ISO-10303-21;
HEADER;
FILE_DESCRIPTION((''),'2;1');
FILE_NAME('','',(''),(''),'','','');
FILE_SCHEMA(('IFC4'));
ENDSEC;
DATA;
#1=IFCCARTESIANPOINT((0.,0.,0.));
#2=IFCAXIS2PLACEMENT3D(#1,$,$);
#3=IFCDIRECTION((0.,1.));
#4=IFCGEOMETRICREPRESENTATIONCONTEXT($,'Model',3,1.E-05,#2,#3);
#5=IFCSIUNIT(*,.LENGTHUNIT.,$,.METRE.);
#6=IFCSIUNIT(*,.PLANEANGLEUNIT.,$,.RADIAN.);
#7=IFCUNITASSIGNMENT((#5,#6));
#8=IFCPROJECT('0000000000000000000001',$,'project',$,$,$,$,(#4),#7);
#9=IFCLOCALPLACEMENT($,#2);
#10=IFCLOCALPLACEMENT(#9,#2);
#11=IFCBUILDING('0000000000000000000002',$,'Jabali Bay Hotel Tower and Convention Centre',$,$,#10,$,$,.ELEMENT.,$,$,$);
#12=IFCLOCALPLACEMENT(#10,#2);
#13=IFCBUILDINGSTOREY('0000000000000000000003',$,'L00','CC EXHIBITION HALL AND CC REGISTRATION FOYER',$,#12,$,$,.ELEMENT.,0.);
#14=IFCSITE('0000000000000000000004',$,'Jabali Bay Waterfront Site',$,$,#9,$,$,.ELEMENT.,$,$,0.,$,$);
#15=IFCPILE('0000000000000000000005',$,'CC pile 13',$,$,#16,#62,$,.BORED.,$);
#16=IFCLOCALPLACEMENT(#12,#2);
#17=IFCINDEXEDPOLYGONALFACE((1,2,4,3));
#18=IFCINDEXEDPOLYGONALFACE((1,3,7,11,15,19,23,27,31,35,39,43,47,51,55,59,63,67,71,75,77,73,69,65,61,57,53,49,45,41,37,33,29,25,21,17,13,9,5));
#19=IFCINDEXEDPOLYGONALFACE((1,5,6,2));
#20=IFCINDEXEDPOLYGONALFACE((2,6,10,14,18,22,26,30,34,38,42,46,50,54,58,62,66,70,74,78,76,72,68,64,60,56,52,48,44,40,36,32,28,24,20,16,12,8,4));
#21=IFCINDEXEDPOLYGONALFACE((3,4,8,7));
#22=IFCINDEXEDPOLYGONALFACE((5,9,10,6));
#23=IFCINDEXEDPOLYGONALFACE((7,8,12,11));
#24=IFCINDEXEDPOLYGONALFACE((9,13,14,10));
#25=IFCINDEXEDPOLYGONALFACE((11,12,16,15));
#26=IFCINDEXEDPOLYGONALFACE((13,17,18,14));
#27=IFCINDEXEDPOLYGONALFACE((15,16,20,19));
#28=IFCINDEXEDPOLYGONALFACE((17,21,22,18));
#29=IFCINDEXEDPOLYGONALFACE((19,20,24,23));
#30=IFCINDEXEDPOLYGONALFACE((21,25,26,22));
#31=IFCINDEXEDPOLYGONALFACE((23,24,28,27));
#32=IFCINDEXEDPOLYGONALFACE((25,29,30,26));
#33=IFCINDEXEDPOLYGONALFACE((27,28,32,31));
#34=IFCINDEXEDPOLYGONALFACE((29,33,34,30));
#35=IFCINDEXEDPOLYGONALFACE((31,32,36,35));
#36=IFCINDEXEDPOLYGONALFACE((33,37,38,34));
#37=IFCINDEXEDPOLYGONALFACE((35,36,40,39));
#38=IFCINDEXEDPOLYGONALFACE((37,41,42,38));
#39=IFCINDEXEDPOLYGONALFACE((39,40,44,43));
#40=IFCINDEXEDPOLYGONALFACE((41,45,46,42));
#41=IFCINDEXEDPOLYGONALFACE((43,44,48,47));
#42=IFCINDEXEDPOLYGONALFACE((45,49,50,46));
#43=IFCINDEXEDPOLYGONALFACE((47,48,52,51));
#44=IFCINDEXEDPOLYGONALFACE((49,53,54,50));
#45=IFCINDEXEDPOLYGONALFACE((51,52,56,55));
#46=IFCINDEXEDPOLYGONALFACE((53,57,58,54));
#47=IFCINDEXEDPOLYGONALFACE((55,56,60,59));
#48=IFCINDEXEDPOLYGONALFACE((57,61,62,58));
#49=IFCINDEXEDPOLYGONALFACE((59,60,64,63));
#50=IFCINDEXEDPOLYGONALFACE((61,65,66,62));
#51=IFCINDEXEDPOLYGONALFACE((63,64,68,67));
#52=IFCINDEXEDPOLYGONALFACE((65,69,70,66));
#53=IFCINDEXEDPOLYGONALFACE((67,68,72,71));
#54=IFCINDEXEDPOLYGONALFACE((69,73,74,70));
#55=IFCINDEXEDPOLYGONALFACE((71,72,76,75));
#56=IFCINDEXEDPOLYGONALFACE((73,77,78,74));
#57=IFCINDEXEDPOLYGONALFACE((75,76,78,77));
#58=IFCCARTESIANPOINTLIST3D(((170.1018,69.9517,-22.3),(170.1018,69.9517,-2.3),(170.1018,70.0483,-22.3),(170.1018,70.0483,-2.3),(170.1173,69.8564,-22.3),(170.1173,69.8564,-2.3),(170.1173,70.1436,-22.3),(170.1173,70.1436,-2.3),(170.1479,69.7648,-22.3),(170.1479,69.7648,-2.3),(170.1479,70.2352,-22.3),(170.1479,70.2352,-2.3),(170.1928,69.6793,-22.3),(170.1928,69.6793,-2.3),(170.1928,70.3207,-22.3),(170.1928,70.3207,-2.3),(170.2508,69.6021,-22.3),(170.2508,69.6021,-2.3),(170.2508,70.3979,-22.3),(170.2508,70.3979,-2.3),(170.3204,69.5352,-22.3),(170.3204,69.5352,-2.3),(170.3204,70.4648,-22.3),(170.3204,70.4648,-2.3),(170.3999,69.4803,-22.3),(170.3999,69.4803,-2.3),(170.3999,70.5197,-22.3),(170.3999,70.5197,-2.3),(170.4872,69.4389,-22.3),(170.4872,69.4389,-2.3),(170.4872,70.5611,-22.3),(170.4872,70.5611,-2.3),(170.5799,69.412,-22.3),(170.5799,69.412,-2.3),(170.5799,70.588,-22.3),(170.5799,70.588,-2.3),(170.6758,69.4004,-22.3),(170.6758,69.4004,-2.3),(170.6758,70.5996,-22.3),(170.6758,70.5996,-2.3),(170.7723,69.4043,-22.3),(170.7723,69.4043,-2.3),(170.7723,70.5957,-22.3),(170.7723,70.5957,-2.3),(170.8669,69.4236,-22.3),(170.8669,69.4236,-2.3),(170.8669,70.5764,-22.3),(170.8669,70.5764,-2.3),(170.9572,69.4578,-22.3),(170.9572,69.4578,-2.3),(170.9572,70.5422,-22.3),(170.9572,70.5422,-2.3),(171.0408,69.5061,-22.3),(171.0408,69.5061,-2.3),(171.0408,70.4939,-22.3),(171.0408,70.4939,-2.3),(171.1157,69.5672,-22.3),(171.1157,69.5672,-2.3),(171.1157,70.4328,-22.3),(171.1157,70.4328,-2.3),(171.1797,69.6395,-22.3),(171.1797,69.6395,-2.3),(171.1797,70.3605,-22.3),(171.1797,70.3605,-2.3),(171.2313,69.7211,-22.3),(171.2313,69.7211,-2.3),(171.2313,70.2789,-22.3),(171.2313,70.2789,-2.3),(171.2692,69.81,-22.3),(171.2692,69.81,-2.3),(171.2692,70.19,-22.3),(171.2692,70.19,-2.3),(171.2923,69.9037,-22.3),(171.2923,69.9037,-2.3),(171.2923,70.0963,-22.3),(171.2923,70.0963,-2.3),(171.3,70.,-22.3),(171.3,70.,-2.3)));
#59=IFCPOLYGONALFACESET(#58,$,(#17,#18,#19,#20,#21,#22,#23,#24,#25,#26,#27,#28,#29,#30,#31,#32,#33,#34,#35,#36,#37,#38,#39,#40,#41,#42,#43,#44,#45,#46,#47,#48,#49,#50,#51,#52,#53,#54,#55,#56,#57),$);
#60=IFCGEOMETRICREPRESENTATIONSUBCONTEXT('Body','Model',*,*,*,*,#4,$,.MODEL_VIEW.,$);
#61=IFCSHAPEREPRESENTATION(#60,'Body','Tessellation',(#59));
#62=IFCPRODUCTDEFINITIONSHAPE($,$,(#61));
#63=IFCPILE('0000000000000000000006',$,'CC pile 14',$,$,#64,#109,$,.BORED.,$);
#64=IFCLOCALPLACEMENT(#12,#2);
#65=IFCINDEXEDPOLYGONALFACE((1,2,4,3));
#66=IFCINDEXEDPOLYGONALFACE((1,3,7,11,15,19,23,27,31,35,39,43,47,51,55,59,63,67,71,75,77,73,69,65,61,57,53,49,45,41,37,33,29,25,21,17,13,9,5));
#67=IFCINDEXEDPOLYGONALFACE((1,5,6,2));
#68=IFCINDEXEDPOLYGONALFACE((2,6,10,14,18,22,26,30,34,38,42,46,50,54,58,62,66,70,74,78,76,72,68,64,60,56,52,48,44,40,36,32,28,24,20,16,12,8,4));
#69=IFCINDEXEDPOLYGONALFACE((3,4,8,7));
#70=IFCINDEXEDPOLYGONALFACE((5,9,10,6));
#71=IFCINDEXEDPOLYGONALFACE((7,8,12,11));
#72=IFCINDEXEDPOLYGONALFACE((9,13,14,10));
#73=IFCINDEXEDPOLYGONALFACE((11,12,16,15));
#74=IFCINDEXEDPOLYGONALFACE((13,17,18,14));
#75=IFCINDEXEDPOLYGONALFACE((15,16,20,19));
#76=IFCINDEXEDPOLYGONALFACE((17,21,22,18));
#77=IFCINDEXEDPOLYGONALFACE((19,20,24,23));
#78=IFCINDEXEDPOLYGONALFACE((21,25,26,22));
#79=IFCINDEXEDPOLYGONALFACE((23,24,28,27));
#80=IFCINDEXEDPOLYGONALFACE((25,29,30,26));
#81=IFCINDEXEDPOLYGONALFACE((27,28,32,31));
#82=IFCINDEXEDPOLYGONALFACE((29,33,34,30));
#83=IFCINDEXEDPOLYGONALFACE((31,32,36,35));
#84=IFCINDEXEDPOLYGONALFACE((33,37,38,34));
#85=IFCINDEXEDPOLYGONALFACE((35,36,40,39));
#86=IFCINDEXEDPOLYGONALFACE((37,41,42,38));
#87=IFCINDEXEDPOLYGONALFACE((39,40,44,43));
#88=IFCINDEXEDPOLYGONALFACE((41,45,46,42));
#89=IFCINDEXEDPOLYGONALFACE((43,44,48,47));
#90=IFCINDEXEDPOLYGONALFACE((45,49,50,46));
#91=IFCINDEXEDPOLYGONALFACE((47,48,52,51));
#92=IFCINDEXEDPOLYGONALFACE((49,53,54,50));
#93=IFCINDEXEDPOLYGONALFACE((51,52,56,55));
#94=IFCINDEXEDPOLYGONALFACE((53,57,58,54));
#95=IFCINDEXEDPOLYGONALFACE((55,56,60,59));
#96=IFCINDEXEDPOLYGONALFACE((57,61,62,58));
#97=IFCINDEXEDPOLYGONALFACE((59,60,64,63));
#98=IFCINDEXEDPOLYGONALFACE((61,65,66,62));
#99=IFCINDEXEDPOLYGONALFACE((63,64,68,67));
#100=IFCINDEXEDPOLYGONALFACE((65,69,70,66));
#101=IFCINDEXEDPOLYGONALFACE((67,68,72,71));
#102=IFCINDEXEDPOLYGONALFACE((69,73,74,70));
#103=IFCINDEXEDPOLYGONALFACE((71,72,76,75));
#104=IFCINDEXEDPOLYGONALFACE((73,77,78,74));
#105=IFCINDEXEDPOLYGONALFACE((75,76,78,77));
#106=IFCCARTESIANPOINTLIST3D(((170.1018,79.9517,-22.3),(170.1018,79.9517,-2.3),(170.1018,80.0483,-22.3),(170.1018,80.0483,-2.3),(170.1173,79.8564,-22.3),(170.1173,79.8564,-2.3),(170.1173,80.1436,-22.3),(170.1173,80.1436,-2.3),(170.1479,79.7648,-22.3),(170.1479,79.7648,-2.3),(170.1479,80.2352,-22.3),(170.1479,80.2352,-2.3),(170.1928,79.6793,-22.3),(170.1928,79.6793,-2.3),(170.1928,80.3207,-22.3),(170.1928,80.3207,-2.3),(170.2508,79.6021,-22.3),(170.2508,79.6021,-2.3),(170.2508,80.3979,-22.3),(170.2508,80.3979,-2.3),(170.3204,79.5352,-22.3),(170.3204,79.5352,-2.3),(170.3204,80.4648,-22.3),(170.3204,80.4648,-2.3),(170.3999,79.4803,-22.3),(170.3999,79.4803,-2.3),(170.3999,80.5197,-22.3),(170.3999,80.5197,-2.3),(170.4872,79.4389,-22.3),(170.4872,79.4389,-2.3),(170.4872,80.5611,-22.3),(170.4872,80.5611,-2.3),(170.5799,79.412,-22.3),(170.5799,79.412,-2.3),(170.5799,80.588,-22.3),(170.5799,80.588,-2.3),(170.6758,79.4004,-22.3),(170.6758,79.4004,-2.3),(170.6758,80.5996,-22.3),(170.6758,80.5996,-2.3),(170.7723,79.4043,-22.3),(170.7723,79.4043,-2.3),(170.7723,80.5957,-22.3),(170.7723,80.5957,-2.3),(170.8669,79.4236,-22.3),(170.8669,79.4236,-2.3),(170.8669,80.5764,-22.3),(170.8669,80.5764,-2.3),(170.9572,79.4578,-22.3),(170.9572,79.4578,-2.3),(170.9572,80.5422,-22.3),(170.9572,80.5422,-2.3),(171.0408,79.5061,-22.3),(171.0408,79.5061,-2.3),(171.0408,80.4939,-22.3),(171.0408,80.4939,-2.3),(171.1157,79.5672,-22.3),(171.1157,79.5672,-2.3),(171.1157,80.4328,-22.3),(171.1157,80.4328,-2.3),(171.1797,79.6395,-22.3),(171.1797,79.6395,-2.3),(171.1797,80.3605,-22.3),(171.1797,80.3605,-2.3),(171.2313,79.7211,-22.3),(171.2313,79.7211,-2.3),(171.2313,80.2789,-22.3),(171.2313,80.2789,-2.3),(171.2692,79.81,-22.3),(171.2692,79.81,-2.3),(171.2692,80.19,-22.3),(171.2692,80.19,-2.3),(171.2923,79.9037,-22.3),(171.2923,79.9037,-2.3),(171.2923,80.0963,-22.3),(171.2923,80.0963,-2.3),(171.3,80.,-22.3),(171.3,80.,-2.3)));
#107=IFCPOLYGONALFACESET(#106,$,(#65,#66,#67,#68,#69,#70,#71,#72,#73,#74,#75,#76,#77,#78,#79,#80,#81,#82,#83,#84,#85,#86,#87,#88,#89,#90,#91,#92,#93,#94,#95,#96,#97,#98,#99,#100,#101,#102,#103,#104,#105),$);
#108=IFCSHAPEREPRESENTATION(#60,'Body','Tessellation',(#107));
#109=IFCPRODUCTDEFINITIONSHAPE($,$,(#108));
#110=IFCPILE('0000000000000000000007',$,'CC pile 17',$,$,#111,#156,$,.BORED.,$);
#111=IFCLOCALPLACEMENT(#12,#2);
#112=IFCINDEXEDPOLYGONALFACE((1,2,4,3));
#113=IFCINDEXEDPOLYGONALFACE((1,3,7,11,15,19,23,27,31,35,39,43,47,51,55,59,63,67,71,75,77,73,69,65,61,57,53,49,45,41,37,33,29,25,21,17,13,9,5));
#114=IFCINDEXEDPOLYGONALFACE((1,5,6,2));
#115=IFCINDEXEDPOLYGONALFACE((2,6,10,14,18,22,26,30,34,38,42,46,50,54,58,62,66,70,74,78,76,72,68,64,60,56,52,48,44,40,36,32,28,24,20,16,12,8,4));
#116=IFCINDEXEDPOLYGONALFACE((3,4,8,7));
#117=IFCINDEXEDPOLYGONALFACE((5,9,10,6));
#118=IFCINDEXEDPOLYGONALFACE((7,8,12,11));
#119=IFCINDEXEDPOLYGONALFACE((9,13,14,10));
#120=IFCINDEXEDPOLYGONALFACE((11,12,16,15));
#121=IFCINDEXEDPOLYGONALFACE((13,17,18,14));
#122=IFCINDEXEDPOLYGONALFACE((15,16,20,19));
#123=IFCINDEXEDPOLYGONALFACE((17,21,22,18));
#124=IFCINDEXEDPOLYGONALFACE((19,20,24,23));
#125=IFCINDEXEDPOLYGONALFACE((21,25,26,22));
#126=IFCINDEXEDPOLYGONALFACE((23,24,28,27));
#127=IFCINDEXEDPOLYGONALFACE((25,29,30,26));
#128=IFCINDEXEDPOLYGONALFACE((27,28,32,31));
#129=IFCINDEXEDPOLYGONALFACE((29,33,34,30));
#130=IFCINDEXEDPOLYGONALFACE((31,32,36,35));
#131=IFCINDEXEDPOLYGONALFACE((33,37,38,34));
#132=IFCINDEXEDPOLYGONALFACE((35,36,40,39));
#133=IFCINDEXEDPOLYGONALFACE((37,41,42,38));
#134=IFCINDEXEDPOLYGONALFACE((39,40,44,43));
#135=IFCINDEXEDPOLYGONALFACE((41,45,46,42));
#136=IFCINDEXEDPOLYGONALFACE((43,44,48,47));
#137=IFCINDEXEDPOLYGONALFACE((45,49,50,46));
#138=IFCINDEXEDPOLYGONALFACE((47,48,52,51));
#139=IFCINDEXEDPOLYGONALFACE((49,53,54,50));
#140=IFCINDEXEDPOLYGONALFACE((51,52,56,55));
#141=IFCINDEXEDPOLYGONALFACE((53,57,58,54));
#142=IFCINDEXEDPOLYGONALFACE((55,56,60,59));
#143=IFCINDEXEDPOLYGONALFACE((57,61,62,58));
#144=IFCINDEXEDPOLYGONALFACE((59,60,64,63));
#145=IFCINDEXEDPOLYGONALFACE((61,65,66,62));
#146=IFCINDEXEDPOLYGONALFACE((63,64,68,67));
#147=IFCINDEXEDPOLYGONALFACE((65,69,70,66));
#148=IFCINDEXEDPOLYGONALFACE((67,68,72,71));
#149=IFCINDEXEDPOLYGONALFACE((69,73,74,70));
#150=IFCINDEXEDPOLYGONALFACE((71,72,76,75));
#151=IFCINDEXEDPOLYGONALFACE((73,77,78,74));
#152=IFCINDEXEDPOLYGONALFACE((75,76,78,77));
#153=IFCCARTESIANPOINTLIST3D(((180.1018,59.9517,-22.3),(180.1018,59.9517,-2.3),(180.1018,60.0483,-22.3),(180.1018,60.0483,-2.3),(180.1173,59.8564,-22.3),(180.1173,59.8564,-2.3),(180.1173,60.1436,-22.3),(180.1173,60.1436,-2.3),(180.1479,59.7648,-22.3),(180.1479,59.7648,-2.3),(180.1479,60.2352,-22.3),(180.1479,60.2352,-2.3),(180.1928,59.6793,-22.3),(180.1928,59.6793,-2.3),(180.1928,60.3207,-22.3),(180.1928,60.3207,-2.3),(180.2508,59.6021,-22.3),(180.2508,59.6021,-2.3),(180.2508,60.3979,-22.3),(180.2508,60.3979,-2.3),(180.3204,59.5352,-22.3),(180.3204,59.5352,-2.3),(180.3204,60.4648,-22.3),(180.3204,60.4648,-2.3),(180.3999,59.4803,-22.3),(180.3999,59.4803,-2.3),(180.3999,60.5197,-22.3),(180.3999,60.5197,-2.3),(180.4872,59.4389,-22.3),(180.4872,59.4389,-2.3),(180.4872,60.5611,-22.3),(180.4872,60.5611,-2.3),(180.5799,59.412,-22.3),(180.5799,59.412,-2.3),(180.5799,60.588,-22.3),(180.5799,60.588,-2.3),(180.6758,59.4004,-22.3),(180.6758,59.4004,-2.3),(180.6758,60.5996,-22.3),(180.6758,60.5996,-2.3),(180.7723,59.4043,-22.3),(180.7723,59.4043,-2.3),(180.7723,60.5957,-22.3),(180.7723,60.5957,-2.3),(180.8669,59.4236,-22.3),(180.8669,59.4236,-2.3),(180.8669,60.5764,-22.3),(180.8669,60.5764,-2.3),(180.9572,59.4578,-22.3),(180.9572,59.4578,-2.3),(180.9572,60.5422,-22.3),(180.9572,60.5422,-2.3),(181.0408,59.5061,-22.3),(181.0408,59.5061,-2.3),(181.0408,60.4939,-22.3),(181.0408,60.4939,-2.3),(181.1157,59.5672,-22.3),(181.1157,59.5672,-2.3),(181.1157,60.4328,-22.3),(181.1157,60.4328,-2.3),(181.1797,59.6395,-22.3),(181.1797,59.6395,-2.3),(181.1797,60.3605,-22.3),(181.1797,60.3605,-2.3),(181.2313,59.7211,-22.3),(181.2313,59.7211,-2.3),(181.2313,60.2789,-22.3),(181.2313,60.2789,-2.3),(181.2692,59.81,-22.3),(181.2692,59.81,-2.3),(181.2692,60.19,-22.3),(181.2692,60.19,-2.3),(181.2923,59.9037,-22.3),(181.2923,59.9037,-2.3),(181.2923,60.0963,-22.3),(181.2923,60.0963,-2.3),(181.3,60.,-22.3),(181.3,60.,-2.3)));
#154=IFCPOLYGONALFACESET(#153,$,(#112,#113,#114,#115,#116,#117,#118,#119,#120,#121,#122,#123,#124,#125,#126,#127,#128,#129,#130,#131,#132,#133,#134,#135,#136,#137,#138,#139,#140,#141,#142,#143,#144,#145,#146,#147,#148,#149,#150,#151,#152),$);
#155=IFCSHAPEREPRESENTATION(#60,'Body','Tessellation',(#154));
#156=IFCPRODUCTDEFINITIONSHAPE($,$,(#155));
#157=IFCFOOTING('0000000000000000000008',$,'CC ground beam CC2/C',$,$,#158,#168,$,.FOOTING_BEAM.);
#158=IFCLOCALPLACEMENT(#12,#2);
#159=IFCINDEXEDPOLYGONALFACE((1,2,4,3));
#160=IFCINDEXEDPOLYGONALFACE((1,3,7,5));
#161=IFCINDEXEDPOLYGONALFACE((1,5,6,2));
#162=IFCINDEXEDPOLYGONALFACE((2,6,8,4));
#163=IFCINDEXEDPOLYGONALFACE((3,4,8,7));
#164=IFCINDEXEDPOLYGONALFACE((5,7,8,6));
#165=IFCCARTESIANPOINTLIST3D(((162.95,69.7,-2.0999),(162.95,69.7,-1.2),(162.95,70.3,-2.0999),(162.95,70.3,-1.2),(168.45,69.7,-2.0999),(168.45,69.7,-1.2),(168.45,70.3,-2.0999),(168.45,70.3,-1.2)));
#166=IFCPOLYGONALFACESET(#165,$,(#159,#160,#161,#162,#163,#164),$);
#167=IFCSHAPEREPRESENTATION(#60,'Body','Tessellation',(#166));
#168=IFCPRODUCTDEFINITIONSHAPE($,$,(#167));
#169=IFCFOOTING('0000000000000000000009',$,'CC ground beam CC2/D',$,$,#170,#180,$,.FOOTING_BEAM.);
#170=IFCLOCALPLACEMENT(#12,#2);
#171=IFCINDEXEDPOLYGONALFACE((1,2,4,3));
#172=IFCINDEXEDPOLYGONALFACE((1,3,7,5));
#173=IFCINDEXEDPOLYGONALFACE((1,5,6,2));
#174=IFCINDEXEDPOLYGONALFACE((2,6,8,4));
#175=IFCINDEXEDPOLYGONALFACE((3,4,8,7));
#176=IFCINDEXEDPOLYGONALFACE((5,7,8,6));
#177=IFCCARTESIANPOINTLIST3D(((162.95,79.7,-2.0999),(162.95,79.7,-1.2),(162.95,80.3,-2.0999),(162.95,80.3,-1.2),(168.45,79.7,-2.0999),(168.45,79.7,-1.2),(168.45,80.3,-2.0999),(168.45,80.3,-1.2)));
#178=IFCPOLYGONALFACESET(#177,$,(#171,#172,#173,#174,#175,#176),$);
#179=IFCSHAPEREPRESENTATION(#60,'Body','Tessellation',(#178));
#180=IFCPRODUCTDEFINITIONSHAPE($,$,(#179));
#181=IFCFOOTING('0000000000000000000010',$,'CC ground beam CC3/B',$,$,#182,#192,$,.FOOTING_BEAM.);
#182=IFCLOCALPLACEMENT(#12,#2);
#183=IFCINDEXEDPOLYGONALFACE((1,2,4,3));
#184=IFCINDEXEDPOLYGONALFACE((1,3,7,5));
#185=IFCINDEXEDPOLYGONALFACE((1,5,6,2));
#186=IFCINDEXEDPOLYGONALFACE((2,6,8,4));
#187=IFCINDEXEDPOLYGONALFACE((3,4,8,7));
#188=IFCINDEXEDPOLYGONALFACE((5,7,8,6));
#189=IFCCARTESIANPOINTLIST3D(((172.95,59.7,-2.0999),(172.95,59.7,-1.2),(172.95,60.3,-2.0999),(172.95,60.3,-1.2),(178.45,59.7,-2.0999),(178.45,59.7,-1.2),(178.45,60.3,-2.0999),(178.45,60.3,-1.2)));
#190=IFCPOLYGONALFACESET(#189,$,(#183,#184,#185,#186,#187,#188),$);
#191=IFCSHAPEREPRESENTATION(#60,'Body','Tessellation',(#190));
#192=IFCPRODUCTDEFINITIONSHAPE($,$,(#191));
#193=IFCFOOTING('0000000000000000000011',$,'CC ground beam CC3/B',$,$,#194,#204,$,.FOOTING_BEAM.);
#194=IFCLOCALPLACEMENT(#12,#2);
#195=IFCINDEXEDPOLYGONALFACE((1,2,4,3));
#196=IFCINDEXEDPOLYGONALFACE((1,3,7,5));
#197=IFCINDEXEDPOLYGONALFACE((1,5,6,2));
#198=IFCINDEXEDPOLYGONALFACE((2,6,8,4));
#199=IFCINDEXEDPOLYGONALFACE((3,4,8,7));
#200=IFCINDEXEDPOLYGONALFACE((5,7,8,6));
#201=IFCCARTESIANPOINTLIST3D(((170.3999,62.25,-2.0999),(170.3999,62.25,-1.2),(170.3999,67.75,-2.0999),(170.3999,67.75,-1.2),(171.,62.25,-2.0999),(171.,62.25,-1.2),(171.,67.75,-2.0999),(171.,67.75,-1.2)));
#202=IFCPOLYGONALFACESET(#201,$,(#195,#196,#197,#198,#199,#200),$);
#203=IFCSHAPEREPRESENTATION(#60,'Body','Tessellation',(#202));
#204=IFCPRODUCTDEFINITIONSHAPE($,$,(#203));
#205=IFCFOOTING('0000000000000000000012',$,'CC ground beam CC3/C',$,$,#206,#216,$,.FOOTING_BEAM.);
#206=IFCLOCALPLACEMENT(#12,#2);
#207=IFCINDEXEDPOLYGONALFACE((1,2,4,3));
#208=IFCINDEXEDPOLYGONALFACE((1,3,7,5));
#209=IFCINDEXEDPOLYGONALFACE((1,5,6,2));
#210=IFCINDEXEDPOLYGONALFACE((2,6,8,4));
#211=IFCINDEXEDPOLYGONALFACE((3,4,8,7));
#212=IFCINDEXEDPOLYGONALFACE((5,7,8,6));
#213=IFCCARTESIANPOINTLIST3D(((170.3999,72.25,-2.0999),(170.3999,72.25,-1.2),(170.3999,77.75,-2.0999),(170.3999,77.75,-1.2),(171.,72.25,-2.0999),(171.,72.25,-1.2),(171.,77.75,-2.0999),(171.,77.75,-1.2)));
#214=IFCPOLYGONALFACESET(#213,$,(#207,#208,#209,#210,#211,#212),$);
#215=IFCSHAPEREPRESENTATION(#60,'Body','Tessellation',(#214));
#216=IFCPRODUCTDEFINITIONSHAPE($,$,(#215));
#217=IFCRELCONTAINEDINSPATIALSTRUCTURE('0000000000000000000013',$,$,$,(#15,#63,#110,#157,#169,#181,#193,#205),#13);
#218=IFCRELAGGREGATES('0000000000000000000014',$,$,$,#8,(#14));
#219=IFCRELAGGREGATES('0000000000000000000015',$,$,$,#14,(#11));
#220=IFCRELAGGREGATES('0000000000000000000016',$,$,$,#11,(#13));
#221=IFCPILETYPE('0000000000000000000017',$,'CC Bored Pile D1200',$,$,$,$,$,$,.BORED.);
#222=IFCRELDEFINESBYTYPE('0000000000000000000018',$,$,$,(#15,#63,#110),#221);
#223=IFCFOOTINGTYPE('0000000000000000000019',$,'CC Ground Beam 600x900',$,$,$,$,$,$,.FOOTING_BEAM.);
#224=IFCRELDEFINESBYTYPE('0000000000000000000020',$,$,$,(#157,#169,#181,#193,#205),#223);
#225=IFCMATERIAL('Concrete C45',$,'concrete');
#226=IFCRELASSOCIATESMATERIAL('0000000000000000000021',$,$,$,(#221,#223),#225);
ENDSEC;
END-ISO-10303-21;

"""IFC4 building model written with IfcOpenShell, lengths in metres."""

from ifc_helpers import new_model, si_unit, direction, frame, origin, origin_2d, place, context, subcontext, project, spatial, rectangle, circle, extrude, material, material_profile, profile_set, type_object, element, save


model = new_model("IFC4")

# Units and contexts
model_context = context("Model", 3, precision=1e-05, world=origin(), true_north=direction((0.0, 1.0)))
body_context = subcontext(model_context, "Body", "Model", "MODEL_VIEW")
ifc_project = project(units=[si_unit("LENGTHUNIT", "METRE"), si_unit("PLANEANGLEUNIT", "RADIAN")], contexts=[model_context])

# Site, building, storey
site_placement = place(None, origin())
site = spatial("IfcSite", under=ifc_project, at=site_placement, Name="Jabali Bay Waterfront Site", CompositionType="ELEMENT", RefElevation=0.0)
building_placement = place(site_placement, origin())
building = spatial("IfcBuilding", under=site, at=building_placement, Name="Jabali Bay Hotel Tower and Convention Centre", CompositionType="ELEMENT")
storey_placement = place(building_placement, origin())
storey = spatial("IfcBuildingStorey", under=building, at=storey_placement, Name="L00", Description="CC EXHIBITION HALL AND CC REGISTRATION FOYER", CompositionType="ELEMENT", Elevation=0.0)

# Piles
ifc_material_1 = material(Name="Concrete C45", Category="concrete")
ifc_material_profile_1 = material_profile(ifc_material_1, circle(Radius=0.6001, at=origin_2d()), Name="D1200")
ifc_profile_set_1 = profile_set([ifc_material_profile_1], Name="Concrete C45")
pile_type = type_object("IfcPileType", Name="CC Bored Pile D1200", PredefinedType="BORED", material=ifc_profile_set_1)
for number, where, z_axis, x_axis, name in (
    (1, (170.7, 70.0, -2.3), (0.0, 0.0, -1.0), (1.0, 0.0, 0.0), "CC pile 13"),
    (2, (170.7, 80.0, -2.3), (0.0, 0.0, -1.0), (1.0, 0.0, 0.0), "CC pile 14"),
    (3, (180.7, 60.0, -2.3), (0.0, 0.0, -1.0), (1.0, 0.0, 0.0), "CC pile 17"),
):
    element("IfcPile", number, at=place(storey_placement, frame(where, z_axis=z_axis, x_axis=x_axis)), inside=storey, type_object=pile_type, Name=name, PredefinedType="BORED", context=body_context, shape_type="SweptSolid", body=[
        extrude(circle(Radius=0.6001, at=origin_2d()), origin(), (0.0, 0.0, 1.0), 20.0),
    ])

# Footings
ifc_material_profile_2 = material_profile(ifc_material_1, rectangle(XDim=0.6001, YDim=0.8999, at=origin_2d()), Name="RC 600x900")
ifc_profile_set_2 = profile_set([ifc_material_profile_2], Name="Concrete C45")
footing_type = type_object("IfcFootingType", Name="CC Ground Beam 600x900", PredefinedType="FOOTING_BEAM", material=ifc_profile_set_2)
for number, where, z_axis, x_axis, name in (
    (4, (162.95, 70.0, -1.6499), (1.0, 0.0, 0.0), (0.0, 1.0, 0.0), "CC ground beam CC2/C"),
    (5, (162.95, 80.0, -1.6499), (1.0, 0.0, 0.0), (0.0, 1.0, 0.0), "CC ground beam CC2/D"),
    (6, (172.95, 60.0, -1.6499), (1.0, 0.0, 0.0), (0.0, 1.0, 0.0), "CC ground beam CC3/B"),
    (7, (170.7, 62.25, -1.6499), (0.0, 1.0, 0.0), (-1.0, 0.0, 0.0), "CC ground beam CC3/B"),
    (8, (170.7, 72.25, -1.6499), (0.0, 1.0, 0.0), (-1.0, 0.0, 0.0), "CC ground beam CC3/C"),
):
    element("IfcFooting", number, at=place(storey_placement, frame(where, z_axis=z_axis, x_axis=x_axis)), inside=storey, type_object=footing_type, Name=name, PredefinedType="FOOTING_BEAM", context=body_context, shape_type="SweptSolid", body=[
        extrude(rectangle(XDim=0.6001, YDim=0.8999, at=origin_2d()), origin(), (0.0, 0.0, 1.0), 5.5),
    ])

save(model, "model.ifc")
